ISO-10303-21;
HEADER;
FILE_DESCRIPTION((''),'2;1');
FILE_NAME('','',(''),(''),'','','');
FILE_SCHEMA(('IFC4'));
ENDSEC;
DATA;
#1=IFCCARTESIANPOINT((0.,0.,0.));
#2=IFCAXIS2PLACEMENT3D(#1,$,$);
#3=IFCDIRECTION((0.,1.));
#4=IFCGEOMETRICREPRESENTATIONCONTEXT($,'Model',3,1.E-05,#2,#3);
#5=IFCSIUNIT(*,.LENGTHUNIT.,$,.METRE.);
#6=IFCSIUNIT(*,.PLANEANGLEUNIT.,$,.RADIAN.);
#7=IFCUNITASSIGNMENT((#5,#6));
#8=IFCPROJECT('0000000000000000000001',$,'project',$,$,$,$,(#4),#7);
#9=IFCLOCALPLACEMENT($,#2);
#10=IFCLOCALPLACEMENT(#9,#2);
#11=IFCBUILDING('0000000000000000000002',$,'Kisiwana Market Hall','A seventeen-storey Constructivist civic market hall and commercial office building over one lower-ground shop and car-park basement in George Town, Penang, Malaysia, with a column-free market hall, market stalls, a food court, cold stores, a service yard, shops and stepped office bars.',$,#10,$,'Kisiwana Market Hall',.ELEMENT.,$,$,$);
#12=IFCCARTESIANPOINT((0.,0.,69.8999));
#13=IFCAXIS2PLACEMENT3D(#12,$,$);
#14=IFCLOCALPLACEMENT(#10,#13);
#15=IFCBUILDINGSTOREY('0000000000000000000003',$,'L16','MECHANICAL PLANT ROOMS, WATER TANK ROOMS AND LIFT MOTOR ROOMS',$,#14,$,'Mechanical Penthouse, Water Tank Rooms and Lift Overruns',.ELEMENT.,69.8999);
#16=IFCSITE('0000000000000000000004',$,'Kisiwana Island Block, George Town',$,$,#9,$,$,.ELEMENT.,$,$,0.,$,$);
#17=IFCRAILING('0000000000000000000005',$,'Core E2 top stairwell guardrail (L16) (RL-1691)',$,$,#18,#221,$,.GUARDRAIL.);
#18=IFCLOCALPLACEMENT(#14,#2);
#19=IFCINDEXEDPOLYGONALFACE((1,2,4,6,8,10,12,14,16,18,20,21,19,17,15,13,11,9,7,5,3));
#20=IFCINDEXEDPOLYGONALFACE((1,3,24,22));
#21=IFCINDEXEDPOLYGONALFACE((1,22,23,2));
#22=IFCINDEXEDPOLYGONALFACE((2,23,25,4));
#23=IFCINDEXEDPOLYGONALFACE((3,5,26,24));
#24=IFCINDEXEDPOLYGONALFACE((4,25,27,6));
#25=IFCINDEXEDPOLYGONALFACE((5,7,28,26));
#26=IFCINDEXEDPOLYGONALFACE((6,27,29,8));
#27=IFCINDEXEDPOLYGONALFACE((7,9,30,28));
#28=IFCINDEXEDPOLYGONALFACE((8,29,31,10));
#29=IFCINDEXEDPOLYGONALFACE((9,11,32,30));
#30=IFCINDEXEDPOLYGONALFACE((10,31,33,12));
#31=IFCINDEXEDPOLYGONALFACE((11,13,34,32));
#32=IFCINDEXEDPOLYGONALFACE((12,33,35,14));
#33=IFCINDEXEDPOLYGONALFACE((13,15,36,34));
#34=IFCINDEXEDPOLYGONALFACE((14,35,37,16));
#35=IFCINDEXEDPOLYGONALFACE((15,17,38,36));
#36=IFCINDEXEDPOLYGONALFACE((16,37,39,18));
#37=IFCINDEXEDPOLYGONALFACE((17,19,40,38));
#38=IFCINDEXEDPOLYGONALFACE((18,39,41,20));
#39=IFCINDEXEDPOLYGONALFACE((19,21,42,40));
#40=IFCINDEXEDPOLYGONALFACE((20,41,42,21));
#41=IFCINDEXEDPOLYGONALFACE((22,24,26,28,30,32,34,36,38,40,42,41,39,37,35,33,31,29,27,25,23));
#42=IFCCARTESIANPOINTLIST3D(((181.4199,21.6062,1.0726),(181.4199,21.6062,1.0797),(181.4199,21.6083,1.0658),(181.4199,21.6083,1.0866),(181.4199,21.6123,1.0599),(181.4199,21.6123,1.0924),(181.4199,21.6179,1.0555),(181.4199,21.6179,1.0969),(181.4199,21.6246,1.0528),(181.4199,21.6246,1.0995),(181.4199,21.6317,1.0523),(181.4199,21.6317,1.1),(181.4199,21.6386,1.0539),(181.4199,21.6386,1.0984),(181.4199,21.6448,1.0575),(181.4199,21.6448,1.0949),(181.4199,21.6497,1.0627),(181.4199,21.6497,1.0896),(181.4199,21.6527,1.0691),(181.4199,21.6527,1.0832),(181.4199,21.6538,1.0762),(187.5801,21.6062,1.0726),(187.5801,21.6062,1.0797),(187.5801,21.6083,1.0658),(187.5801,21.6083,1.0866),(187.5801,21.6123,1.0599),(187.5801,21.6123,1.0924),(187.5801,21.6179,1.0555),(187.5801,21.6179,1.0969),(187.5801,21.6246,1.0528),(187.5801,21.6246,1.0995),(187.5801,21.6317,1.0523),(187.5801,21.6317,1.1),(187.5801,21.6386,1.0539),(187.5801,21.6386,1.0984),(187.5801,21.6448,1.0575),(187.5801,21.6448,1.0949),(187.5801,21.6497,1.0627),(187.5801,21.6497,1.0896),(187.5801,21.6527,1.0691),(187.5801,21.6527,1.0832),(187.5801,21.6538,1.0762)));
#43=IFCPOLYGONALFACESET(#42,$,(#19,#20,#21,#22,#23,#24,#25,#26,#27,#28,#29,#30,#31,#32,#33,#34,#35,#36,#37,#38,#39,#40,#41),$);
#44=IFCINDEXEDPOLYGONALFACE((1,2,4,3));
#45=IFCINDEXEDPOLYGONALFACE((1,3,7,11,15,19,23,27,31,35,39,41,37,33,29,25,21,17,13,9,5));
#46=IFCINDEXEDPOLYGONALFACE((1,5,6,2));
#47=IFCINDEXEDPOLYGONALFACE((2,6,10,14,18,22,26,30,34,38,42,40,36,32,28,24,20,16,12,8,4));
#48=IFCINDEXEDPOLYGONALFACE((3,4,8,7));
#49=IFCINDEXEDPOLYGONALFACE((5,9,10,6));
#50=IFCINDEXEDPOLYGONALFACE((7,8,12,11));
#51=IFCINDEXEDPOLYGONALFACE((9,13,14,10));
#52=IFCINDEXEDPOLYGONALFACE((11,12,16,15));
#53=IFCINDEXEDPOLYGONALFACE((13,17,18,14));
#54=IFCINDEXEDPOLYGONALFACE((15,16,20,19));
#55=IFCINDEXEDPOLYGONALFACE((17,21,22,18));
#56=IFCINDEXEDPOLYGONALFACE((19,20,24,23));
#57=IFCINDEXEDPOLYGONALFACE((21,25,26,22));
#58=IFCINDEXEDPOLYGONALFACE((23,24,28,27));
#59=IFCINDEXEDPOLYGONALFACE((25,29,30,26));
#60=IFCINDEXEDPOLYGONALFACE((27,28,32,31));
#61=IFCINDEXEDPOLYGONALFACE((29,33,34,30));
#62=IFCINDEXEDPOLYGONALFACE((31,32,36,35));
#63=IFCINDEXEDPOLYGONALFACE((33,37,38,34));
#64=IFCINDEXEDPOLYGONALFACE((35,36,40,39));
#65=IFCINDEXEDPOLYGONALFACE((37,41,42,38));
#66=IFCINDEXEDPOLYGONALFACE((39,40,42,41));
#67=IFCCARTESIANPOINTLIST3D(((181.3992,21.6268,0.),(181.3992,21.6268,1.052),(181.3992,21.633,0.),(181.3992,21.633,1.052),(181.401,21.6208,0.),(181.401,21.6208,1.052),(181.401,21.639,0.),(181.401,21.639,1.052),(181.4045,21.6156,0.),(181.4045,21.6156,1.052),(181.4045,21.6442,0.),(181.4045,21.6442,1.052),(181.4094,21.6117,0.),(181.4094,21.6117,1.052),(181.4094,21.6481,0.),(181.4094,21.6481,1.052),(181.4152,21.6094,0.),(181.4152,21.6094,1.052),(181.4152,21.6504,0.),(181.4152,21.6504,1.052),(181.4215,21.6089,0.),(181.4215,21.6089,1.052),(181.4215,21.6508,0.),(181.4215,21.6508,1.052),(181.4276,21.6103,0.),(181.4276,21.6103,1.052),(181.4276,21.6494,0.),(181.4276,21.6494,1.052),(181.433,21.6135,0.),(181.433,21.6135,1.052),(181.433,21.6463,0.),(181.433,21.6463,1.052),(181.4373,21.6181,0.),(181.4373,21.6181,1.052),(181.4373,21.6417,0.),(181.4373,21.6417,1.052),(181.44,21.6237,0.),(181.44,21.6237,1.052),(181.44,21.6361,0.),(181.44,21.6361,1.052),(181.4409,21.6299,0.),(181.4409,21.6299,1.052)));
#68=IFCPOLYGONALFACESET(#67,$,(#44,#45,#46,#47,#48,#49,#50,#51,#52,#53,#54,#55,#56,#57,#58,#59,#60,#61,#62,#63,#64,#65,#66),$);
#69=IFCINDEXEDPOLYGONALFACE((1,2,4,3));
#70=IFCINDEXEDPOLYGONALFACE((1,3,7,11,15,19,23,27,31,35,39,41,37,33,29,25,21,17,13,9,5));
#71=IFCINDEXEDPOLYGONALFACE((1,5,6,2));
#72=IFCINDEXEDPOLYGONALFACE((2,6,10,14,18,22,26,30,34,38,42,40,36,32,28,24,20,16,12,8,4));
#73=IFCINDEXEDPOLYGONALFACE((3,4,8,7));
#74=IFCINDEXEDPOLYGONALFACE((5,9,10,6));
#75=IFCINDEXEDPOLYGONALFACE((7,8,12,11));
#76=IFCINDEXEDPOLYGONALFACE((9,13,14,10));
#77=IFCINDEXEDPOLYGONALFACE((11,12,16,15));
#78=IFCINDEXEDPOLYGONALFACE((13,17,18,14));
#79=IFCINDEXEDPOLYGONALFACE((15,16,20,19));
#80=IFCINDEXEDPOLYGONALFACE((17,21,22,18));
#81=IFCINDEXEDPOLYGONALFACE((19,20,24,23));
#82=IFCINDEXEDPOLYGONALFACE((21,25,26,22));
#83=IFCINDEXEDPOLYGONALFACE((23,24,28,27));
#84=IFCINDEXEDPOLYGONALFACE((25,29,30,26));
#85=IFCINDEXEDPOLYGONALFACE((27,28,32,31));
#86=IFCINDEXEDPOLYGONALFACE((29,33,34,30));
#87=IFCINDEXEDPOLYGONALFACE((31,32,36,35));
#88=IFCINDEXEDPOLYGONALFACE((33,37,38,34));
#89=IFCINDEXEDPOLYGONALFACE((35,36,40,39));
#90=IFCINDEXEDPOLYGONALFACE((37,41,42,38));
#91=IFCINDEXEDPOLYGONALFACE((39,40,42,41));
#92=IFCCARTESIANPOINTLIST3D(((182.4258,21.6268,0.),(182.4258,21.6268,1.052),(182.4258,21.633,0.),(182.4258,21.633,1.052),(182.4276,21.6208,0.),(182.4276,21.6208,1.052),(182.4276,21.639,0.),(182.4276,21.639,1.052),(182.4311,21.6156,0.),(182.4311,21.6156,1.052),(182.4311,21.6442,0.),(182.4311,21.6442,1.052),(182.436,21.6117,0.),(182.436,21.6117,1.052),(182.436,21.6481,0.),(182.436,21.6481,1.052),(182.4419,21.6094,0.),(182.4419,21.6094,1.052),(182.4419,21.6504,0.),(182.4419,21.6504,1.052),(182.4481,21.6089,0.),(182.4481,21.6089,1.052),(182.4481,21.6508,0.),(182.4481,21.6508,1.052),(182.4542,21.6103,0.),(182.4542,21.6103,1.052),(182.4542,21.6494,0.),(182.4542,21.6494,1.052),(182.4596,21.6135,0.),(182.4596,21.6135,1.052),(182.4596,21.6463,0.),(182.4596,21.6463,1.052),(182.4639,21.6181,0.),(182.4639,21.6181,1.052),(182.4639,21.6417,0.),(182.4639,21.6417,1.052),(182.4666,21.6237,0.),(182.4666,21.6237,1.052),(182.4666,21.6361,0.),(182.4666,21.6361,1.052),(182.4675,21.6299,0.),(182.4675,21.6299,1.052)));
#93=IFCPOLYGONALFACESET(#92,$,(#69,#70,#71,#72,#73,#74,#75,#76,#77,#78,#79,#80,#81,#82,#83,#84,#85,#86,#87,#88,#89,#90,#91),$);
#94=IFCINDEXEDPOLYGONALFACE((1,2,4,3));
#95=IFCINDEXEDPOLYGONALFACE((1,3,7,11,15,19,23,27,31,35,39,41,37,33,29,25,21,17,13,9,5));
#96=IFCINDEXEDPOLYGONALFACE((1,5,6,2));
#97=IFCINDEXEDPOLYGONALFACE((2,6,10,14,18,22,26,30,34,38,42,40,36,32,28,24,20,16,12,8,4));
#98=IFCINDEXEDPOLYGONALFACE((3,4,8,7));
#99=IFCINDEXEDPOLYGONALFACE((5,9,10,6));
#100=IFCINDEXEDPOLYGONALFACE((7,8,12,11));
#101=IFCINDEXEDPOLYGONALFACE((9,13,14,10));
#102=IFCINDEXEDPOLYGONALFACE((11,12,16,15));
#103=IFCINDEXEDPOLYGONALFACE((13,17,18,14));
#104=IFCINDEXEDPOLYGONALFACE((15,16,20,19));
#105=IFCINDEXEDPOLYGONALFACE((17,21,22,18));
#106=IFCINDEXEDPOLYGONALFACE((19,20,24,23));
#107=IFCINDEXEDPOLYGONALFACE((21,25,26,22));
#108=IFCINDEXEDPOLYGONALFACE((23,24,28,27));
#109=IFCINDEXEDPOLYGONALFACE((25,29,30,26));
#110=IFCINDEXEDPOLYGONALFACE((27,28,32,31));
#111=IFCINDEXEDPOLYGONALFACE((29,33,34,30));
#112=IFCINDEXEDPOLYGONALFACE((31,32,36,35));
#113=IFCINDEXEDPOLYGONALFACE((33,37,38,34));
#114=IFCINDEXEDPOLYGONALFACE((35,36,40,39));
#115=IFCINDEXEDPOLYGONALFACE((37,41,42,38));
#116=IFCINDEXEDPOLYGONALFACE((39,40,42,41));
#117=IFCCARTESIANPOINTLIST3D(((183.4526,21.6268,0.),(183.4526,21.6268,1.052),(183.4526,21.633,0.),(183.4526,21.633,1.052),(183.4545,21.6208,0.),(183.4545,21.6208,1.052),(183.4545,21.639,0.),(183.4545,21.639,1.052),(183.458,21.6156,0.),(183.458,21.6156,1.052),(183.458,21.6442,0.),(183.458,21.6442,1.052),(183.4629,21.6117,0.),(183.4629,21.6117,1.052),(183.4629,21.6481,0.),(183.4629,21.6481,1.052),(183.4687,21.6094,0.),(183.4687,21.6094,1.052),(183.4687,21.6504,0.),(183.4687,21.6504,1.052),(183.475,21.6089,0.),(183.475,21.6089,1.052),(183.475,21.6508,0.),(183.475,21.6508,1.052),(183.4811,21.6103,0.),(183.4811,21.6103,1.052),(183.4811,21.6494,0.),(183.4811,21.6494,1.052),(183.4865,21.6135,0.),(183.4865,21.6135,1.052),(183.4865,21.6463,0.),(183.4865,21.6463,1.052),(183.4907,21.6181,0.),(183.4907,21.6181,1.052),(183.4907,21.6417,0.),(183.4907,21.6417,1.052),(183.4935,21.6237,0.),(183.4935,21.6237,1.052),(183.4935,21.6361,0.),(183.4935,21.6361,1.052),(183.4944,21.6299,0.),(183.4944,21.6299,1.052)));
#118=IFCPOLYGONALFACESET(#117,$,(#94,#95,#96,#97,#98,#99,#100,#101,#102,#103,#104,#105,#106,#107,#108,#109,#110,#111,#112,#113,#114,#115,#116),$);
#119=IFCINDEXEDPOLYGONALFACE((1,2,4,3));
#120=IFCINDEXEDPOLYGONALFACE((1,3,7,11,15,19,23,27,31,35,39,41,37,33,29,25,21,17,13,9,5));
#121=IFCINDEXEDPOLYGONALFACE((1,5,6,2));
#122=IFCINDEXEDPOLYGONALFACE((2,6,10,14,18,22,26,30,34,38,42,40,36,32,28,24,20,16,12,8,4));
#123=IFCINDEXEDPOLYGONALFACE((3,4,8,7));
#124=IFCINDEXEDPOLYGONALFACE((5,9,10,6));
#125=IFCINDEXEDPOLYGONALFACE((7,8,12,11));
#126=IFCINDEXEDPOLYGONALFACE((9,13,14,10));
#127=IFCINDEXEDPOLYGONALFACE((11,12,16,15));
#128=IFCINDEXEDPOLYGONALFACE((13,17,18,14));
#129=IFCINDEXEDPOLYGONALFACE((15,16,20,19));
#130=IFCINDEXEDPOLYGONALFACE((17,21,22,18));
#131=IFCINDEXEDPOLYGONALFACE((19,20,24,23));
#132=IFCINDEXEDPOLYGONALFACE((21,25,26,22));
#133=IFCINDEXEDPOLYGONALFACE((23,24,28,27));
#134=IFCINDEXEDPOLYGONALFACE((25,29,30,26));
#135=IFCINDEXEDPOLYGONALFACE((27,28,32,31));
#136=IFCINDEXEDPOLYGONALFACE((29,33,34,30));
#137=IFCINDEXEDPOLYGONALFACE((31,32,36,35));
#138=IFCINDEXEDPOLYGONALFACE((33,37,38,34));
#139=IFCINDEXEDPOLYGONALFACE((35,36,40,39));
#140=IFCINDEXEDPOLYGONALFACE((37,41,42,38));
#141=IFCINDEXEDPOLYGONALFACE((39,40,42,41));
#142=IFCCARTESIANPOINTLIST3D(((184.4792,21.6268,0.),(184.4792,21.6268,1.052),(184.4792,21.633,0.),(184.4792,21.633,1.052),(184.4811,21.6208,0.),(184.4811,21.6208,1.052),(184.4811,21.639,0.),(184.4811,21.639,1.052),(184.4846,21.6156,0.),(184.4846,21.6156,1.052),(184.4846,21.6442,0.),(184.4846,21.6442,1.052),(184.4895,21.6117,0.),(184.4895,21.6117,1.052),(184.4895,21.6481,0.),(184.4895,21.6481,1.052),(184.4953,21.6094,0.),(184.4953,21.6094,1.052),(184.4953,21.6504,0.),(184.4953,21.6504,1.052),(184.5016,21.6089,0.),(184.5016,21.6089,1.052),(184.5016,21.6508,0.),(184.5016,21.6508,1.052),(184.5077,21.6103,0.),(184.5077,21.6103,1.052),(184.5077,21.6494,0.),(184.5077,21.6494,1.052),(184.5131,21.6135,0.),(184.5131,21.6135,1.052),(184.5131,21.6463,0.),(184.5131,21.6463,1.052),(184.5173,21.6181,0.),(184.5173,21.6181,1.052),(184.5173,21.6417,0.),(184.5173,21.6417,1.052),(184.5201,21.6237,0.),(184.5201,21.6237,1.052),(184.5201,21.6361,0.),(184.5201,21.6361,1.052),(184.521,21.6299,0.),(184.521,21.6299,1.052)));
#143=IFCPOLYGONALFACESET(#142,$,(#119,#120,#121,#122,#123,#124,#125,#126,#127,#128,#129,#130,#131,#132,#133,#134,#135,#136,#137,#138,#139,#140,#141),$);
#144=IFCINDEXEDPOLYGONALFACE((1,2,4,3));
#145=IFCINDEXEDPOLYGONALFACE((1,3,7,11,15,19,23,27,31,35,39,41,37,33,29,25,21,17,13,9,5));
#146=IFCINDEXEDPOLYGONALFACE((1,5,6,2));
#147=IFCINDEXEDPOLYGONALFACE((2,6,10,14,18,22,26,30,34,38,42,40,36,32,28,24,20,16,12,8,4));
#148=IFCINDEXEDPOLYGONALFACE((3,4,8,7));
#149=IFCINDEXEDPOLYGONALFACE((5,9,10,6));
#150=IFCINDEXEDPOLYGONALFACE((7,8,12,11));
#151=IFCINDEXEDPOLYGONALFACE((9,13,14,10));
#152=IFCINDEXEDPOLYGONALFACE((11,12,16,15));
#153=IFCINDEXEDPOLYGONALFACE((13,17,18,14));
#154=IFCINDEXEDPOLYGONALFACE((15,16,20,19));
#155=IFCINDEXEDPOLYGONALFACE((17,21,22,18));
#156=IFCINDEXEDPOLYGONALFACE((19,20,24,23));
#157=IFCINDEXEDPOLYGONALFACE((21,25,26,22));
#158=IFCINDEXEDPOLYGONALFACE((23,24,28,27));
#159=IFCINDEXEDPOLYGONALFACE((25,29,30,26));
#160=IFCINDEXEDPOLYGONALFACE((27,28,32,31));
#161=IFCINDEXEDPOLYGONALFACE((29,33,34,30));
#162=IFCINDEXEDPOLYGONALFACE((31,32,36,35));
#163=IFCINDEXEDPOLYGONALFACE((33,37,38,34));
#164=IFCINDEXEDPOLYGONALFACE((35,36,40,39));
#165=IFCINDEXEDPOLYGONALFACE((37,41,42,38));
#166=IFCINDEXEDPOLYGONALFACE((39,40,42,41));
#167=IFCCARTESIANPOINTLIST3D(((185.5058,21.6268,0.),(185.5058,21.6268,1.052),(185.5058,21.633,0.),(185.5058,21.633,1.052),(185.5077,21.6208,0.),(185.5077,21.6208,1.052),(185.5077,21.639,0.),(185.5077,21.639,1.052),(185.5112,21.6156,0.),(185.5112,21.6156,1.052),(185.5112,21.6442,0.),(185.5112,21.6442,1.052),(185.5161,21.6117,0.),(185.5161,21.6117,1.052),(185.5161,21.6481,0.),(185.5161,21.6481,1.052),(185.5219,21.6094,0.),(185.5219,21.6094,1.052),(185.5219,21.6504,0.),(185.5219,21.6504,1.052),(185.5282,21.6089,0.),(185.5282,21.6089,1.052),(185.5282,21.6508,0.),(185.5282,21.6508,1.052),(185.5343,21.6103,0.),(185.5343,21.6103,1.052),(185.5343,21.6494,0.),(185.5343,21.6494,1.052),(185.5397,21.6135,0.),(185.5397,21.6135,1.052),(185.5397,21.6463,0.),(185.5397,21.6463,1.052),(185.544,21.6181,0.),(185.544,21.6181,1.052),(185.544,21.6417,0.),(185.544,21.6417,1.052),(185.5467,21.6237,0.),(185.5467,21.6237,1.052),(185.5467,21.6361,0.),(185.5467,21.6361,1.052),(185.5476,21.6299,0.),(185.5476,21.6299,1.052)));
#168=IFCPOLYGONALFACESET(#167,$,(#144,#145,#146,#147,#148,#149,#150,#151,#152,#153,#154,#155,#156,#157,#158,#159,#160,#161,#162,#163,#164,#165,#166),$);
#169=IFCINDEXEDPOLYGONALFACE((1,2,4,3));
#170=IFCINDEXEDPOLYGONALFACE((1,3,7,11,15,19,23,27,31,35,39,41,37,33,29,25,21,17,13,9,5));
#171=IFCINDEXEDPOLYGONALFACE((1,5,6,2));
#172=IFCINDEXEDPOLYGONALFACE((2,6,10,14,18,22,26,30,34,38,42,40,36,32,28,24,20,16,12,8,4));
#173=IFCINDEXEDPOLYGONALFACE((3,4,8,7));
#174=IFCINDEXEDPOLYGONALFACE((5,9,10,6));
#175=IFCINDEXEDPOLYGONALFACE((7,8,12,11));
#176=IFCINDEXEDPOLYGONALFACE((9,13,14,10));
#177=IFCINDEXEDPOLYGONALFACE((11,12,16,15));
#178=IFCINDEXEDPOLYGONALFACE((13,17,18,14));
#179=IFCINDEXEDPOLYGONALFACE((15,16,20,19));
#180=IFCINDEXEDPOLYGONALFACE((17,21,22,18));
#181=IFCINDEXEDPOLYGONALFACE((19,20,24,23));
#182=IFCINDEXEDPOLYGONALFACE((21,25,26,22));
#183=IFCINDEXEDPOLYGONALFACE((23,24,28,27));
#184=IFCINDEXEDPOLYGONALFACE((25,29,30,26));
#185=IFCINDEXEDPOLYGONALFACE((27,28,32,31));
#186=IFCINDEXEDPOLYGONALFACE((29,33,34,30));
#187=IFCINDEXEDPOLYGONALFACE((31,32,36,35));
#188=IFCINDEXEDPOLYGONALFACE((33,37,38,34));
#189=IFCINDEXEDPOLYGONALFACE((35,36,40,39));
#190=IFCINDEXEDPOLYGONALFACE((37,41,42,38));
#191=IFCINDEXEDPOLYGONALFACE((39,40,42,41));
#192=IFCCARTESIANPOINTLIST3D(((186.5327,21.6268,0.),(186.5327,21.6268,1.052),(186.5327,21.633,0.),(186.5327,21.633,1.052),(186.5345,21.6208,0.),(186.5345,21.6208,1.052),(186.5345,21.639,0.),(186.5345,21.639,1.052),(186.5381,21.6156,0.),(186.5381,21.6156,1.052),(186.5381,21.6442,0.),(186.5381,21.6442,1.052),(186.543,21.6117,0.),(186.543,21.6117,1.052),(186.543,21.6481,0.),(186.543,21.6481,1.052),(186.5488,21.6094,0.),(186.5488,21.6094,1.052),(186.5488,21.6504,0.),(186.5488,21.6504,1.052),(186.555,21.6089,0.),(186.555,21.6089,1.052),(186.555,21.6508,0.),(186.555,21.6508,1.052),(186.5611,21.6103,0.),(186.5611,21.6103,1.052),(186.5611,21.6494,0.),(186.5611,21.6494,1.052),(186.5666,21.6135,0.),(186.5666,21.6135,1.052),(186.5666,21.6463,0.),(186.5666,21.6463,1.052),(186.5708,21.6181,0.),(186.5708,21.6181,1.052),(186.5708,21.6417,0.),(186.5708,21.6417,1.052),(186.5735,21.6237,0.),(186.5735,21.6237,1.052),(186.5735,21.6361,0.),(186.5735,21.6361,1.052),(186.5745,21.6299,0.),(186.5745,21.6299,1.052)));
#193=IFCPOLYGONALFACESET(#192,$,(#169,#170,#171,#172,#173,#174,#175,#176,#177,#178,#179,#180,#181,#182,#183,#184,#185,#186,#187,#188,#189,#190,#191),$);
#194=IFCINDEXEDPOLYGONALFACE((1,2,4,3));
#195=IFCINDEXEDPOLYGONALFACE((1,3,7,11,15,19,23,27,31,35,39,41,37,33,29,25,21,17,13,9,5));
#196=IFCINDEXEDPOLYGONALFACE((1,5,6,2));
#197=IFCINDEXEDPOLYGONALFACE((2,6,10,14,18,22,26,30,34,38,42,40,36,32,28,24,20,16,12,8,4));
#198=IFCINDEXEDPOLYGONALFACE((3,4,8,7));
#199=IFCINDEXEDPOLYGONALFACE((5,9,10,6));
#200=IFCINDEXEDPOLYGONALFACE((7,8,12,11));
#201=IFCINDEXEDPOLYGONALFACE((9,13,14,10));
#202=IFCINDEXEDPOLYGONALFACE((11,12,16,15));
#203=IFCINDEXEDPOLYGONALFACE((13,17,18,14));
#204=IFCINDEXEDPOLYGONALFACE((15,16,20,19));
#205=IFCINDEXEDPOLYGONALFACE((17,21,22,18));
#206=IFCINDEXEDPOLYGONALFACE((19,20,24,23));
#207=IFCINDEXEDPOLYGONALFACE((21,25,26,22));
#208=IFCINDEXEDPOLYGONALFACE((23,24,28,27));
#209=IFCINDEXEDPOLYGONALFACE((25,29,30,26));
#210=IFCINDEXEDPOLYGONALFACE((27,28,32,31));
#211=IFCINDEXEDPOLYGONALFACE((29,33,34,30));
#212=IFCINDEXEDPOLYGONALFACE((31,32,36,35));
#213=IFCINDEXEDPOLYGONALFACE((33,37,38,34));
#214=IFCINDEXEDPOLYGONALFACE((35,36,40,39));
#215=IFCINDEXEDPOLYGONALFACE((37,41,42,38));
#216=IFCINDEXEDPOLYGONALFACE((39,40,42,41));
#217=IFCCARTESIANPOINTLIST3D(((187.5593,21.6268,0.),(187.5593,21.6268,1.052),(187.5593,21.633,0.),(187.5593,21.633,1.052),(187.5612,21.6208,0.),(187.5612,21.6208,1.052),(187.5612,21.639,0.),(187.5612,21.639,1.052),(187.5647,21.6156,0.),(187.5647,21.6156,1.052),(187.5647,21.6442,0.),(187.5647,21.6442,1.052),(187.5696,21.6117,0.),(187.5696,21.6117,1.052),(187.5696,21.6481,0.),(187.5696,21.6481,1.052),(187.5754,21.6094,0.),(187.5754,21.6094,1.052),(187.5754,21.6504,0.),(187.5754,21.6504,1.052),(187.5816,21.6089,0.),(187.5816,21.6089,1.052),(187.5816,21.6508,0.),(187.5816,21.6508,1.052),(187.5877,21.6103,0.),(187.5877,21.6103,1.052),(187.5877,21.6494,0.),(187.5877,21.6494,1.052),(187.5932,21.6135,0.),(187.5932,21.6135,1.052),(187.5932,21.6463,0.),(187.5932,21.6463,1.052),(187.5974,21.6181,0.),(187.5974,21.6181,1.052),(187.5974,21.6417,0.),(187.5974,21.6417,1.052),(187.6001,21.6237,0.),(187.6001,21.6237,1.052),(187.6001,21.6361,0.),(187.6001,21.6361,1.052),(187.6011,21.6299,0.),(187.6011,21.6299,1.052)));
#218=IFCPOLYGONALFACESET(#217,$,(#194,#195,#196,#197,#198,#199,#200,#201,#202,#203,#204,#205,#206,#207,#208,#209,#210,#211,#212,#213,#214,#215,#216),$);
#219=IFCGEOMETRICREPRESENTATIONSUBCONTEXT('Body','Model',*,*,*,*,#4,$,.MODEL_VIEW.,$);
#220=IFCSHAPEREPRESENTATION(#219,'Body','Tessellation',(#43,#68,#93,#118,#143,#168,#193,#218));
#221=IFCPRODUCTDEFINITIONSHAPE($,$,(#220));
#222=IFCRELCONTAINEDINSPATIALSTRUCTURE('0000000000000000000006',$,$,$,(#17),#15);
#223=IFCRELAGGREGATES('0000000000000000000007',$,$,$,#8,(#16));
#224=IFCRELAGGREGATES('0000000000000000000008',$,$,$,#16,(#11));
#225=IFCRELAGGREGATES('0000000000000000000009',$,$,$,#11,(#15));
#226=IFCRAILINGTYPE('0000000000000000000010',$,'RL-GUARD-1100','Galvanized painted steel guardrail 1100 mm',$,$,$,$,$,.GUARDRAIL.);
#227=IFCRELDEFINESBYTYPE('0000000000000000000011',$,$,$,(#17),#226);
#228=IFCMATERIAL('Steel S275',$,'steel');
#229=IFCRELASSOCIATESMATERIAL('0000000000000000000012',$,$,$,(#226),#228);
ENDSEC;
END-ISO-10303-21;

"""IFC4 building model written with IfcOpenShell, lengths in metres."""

from ifc_helpers import new_model, si_unit, direction, frame, origin, origin_2d, place, context, subcontext, project, spatial, circle, extrude, material, type_object, element, save


model = new_model("IFC4")

# Units and contexts
model_context = context("Model", 3, precision=1e-05, world=origin(), true_north=direction((0.0, 1.0)))
body_context = subcontext(model_context, "Body", "Model", "MODEL_VIEW")
ifc_project = project(units=[si_unit("LENGTHUNIT", "METRE"), si_unit("PLANEANGLEUNIT", "RADIAN")], contexts=[model_context])

# Site, building, storey
site_placement = place(None, origin())
site = spatial("IfcSite", under=ifc_project, at=site_placement, Name="Kisiwana Island Block, George Town", CompositionType="ELEMENT", RefElevation=0.0)
building_placement = place(site_placement, origin())
building = spatial("IfcBuilding", under=site, at=building_placement, Name="Kisiwana Market Hall", Description="A seventeen-storey Constructivist civic market hall and commercial office building over one lower-ground shop and car-park basement in George Town, Penang, Malaysia, with a column-free market hall, market stalls, a food court, cold stores, a service yard, shops and stepped office bars.", LongName="Kisiwana Market Hall", CompositionType="ELEMENT")
storey_placement = place(building_placement, frame((0.0, 0.0, 69.8999)))
storey = spatial("IfcBuildingStorey", under=building, at=storey_placement, Name="L16", Description="MECHANICAL PLANT ROOMS, WATER TANK ROOMS AND LIFT MOTOR ROOMS", LongName="Mechanical Penthouse, Water Tank Rooms and Lift Overruns", CompositionType="ELEMENT", Elevation=69.8999)

# Railing
ifc_material_1 = material(Name="Steel S275", Category="steel")
railing_type = type_object("IfcRailingType", Name="RL-GUARD-1100", Description="Galvanized painted steel guardrail 1100 mm", PredefinedType="GUARDRAIL", material=ifc_material_1)
railing_placement = place(storey_placement, frame((181.4199, 21.6299, 0.0)))
element("IfcRailing", 1, at=railing_placement, inside=storey, type_object=railing_type, Name="Core E2 top stairwell guardrail (L16) (RL-1691)", PredefinedType="GUARDRAIL", context=body_context, shape_type="SweptSolid", body=[
    extrude(circle(Radius=0.0239, at=origin_2d()), frame((0.0, 0.0, 1.0762), z_axis=(1.0, 0.0, 0.0), x_axis=(0.0, 1.0, 0.0)), (0.0, 0.0, 1.0), 6.1602),
    extrude(circle(Radius=0.021, at=origin_2d()), origin(), (0.0, 0.0, 1.0), 1.052),
    extrude(circle(Radius=0.021, at=origin_2d()), frame((1.0266, 0.0, 0.0)), (0.0, 0.0, 1.0), 1.052),
    extrude(circle(Radius=0.021, at=origin_2d()), frame((2.0535, 0.0, 0.0)), (0.0, 0.0, 1.0), 1.052),
    extrude(circle(Radius=0.021, at=origin_2d()), frame((3.0801, 0.0, 0.0)), (0.0, 0.0, 1.0), 1.052),
    extrude(circle(Radius=0.021, at=origin_2d()), frame((4.1067, 0.0, 0.0)), (0.0, 0.0, 1.0), 1.052),
    extrude(circle(Radius=0.021, at=origin_2d()), frame((5.1335, 0.0, 0.0)), (0.0, 0.0, 1.0), 1.052),
    extrude(circle(Radius=0.021, at=origin_2d()), frame((6.1602, 0.0, 0.0)), (0.0, 0.0, 1.0), 1.052),
])

save(model, "model.ifc")
